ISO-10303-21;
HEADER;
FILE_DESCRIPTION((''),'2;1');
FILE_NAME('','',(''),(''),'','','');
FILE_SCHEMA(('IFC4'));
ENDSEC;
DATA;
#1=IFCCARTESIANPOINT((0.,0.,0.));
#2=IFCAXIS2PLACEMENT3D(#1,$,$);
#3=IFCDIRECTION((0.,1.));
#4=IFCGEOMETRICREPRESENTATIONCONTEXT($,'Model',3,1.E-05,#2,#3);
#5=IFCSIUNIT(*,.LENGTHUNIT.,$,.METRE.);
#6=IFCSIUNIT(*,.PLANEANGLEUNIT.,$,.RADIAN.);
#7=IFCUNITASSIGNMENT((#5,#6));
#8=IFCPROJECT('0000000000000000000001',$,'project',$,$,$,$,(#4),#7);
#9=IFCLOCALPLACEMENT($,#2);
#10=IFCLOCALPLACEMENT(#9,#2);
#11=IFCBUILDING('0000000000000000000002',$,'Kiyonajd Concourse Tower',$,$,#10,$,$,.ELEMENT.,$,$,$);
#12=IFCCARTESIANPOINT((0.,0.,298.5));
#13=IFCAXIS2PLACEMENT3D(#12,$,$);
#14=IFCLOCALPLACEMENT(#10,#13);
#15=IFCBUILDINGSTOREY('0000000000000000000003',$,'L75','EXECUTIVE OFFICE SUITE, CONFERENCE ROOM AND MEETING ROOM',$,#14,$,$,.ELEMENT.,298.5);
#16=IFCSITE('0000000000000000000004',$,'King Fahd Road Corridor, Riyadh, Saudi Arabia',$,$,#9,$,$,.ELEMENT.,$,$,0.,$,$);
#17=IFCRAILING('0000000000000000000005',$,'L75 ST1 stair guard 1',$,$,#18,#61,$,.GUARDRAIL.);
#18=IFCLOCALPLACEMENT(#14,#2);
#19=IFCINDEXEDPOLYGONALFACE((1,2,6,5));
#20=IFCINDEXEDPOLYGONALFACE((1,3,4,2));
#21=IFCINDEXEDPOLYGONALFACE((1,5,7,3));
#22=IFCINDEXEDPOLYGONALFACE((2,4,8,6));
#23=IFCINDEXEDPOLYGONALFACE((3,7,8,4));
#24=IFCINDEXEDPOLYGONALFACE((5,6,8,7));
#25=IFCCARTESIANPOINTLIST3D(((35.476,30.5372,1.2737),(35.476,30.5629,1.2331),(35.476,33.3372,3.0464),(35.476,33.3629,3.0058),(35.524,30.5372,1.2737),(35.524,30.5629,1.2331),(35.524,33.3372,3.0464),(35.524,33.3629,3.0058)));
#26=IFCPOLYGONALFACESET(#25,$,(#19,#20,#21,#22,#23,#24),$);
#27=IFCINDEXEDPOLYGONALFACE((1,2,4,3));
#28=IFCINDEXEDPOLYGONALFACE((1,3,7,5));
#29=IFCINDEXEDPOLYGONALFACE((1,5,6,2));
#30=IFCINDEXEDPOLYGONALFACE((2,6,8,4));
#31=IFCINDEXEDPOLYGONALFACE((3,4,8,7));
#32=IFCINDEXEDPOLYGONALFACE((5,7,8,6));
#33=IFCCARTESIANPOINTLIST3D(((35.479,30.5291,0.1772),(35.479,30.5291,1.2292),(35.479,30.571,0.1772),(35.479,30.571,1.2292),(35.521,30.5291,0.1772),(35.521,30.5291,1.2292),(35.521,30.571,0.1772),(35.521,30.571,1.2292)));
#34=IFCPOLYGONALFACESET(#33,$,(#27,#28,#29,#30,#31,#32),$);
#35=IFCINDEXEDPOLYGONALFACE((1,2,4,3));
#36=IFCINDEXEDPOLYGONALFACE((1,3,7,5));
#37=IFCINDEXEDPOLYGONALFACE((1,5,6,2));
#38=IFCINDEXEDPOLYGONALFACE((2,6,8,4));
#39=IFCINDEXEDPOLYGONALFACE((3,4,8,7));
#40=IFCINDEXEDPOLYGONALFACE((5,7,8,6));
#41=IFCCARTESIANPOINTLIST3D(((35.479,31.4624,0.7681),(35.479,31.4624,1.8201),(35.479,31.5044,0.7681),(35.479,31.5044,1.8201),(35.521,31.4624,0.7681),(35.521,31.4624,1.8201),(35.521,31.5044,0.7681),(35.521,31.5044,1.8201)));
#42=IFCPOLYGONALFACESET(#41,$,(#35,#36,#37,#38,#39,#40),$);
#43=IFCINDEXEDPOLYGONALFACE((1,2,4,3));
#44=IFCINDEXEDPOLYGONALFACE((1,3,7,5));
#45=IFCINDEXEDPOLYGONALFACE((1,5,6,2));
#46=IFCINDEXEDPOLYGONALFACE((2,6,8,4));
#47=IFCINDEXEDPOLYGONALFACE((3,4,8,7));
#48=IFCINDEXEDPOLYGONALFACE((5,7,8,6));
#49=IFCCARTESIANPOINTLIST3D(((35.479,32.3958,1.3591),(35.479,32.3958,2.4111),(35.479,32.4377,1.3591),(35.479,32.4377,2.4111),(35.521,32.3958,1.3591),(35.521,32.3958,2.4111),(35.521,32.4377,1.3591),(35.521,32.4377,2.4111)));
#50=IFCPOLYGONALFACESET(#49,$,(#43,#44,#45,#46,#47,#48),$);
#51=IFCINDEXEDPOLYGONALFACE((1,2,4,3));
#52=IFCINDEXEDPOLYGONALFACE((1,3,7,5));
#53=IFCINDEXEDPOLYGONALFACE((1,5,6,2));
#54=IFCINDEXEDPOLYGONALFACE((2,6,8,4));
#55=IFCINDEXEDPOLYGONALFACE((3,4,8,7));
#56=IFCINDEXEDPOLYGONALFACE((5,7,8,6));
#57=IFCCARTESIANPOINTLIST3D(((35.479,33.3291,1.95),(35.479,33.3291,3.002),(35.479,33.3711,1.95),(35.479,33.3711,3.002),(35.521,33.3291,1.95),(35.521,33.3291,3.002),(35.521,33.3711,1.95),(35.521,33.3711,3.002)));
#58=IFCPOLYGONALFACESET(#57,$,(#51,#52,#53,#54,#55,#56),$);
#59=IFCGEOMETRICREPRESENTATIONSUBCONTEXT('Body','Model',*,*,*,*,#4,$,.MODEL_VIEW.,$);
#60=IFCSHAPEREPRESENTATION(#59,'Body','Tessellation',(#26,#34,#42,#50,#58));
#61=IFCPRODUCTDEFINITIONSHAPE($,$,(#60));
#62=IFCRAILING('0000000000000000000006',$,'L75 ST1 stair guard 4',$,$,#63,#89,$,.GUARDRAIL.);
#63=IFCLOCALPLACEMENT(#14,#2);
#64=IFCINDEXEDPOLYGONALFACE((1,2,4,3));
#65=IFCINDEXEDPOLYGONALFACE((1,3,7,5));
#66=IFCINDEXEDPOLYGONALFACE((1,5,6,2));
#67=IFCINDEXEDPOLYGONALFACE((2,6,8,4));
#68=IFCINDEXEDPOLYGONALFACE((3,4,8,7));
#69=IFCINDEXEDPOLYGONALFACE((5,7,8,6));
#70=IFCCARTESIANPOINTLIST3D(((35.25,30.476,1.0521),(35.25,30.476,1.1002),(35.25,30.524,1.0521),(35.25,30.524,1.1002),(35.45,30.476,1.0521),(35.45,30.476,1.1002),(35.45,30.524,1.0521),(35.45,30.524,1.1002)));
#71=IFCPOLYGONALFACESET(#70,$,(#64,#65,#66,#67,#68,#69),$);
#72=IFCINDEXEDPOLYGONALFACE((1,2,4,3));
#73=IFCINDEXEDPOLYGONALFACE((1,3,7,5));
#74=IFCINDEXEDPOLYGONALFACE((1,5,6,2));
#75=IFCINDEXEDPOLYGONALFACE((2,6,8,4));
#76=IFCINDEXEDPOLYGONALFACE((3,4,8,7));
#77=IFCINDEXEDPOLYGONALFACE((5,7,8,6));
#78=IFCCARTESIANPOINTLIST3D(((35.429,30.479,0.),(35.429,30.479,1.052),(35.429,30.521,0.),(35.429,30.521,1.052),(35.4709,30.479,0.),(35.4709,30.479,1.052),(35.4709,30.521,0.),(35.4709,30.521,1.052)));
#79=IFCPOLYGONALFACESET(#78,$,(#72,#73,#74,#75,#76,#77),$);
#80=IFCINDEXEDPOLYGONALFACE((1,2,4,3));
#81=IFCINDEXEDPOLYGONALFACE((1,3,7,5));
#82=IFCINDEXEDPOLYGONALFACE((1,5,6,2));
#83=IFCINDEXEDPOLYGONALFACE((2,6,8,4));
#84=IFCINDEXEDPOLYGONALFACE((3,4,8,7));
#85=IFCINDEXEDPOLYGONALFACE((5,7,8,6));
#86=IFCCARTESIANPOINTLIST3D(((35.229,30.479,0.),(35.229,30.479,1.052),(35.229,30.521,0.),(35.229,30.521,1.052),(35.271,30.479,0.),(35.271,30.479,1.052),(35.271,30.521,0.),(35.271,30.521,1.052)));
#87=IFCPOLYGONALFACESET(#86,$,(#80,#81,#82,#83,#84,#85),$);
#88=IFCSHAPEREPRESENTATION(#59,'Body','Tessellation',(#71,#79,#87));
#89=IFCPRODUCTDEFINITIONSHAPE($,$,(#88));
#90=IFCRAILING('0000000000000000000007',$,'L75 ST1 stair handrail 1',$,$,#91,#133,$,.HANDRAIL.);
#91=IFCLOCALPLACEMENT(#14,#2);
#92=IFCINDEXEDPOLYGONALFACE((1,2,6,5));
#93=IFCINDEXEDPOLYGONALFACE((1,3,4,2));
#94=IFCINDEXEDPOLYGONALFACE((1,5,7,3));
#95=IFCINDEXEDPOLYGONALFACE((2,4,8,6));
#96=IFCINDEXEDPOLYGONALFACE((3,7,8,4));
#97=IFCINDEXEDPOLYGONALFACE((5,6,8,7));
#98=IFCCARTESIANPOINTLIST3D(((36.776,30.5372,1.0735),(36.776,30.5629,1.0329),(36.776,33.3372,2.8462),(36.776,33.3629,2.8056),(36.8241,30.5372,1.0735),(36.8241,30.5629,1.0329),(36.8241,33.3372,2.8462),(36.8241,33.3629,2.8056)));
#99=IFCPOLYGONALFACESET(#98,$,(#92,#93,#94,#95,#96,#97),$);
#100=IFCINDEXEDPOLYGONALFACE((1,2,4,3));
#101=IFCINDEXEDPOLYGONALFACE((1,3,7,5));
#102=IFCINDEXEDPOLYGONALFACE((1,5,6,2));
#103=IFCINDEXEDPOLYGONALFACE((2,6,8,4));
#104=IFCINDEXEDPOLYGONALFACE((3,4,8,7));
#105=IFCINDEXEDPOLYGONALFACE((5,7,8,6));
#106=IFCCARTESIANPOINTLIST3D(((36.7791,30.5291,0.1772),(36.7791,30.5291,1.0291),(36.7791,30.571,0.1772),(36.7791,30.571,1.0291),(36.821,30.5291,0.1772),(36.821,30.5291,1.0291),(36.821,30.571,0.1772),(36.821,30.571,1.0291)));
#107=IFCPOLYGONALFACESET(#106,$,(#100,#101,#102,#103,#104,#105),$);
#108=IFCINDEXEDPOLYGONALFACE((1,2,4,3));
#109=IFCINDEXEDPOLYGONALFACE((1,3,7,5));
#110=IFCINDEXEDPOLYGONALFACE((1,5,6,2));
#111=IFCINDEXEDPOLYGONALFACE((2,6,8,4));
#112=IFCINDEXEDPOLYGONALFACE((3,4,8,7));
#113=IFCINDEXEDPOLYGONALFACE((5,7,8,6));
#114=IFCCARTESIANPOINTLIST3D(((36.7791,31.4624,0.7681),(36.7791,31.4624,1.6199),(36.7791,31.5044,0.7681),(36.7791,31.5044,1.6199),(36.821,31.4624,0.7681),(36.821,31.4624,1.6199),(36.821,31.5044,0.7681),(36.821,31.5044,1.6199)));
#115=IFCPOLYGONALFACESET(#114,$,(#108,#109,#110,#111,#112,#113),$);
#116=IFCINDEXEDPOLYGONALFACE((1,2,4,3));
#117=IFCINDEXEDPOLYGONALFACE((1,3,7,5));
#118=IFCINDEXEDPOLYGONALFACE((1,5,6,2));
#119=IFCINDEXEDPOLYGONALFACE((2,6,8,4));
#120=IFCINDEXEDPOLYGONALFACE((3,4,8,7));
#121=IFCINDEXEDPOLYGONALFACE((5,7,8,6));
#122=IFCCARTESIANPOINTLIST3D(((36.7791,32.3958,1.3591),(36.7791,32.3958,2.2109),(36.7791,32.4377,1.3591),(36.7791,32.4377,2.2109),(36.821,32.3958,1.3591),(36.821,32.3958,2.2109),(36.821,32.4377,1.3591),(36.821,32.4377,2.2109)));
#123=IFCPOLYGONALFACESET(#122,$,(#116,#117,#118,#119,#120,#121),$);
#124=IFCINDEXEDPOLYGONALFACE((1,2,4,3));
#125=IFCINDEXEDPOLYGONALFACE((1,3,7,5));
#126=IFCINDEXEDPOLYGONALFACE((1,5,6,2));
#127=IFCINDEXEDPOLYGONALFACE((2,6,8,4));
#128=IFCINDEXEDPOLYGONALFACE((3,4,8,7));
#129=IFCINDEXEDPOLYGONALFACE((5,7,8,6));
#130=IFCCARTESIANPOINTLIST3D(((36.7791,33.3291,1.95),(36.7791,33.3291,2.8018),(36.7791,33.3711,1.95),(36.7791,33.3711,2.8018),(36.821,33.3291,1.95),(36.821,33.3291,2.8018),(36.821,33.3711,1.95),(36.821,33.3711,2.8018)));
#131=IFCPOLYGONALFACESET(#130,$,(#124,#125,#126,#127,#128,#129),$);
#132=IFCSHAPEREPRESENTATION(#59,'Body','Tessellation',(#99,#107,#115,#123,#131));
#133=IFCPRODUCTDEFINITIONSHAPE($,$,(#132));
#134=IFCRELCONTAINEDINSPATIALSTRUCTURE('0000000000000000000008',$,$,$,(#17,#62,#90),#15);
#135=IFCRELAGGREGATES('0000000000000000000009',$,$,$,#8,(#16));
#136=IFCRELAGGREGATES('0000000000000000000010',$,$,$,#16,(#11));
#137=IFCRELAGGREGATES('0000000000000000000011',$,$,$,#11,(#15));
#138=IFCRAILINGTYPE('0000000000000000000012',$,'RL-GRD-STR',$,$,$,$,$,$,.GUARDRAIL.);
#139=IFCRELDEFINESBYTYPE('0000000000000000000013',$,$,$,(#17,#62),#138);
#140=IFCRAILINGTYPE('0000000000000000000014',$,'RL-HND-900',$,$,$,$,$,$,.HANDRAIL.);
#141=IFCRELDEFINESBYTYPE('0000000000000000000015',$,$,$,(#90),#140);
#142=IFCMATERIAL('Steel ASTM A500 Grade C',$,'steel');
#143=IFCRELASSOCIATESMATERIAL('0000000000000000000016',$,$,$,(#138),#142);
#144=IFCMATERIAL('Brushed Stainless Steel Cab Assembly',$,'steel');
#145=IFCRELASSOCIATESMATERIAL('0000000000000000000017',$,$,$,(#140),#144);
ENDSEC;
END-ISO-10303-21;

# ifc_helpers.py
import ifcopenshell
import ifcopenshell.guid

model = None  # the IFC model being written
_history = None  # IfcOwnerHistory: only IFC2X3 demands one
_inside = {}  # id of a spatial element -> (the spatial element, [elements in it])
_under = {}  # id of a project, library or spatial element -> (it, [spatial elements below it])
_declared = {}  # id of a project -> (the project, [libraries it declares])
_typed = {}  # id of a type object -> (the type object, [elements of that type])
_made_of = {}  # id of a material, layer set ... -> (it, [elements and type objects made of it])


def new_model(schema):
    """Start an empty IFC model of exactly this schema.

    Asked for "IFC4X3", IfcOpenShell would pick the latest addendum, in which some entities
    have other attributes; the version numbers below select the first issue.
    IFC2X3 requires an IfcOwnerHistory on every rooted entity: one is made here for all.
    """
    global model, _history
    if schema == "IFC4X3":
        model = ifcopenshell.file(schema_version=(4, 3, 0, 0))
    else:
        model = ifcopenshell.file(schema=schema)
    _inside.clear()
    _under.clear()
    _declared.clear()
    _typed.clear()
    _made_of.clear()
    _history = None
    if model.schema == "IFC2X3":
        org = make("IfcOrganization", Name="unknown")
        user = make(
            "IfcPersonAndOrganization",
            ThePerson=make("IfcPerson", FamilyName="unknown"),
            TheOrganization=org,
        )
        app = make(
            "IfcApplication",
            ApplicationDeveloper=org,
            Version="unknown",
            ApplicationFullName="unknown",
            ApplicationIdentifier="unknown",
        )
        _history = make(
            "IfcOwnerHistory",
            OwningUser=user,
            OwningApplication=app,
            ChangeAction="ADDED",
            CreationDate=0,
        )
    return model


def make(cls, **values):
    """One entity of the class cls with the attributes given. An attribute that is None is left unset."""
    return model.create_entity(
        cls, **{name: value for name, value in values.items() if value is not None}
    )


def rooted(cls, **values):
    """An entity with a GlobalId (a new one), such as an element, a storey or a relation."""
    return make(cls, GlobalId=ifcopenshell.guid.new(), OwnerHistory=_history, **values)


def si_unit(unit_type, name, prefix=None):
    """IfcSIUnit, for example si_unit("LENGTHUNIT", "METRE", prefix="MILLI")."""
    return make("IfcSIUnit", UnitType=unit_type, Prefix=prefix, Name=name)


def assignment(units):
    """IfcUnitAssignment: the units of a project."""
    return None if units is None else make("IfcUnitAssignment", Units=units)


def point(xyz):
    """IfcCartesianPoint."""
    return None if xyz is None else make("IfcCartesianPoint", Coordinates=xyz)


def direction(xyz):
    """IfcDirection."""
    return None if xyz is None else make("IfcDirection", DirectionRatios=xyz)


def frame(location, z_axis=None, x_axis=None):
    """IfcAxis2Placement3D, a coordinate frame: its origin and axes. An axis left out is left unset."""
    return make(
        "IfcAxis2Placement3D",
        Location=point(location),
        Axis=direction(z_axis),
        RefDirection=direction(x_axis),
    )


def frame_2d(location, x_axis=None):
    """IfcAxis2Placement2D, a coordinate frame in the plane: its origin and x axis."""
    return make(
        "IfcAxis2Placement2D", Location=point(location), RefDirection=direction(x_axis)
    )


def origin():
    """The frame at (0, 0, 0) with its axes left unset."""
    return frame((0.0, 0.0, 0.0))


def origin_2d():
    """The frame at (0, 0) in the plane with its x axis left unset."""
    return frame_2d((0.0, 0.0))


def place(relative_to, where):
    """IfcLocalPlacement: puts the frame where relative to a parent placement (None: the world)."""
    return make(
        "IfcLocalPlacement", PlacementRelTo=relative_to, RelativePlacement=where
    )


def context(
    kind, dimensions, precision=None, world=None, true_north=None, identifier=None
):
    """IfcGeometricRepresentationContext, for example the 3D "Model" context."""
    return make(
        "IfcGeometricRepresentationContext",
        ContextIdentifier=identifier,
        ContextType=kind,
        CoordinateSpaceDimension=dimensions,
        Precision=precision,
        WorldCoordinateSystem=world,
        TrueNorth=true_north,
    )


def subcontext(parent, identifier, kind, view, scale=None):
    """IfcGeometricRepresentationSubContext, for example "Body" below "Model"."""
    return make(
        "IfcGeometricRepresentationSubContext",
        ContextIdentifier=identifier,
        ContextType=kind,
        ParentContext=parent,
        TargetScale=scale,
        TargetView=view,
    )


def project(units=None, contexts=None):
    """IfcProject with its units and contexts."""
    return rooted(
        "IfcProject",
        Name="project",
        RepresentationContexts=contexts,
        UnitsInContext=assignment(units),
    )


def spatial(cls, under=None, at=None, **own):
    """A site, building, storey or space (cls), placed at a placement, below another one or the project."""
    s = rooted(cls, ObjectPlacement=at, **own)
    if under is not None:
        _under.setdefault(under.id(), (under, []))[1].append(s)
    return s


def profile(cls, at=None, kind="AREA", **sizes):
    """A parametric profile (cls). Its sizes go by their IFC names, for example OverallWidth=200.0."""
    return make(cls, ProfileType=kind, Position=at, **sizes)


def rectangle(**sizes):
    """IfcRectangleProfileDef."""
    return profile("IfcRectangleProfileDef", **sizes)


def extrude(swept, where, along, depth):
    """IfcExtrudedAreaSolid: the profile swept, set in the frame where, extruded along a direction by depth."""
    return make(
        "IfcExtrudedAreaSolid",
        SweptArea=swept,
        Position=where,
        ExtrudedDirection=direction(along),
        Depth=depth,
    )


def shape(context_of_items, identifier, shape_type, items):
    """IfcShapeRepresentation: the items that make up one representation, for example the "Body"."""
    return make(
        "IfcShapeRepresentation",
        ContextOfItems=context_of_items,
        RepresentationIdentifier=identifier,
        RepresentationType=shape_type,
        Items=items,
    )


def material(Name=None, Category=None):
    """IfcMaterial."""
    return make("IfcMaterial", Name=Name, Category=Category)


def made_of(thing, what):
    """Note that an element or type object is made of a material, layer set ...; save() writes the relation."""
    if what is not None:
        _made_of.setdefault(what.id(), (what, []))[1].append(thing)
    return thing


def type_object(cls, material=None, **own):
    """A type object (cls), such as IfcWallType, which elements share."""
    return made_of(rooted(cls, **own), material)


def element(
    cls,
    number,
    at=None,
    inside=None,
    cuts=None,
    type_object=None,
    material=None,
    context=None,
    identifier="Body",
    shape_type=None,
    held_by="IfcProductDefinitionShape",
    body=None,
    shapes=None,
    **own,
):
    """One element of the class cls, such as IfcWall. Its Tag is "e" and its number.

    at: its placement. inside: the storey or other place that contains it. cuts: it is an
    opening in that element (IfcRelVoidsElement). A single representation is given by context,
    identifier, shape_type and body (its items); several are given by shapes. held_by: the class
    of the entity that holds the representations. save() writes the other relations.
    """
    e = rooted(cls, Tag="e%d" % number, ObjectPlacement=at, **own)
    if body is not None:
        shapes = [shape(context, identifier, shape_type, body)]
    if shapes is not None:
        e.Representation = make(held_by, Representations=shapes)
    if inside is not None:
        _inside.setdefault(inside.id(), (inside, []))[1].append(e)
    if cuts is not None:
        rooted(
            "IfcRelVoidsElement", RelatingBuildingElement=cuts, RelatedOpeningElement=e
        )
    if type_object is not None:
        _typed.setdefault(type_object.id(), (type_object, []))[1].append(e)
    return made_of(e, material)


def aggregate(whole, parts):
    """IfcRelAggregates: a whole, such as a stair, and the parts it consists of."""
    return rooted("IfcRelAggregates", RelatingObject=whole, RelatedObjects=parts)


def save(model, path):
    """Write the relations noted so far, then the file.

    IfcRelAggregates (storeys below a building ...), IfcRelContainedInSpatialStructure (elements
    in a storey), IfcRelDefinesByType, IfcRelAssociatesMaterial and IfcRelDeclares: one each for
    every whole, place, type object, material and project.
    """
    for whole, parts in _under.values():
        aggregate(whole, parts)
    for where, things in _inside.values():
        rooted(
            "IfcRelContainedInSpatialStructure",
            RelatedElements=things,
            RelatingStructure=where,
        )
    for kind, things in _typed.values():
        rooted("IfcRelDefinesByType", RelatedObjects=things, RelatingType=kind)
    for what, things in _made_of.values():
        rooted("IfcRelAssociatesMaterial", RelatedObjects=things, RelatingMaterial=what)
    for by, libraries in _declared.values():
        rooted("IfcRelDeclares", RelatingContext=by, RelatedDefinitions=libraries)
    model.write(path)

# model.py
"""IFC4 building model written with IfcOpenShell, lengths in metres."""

from ifc_helpers import new_model, si_unit, direction, frame, origin, origin_2d, place, context, subcontext, project, spatial, rectangle, extrude, material, type_object, element, save


model = new_model("IFC4")

# Units and contexts
model_context = context("Model", 3, precision=1e-05, world=origin(), true_north=direction((0.0, 1.0)))
body_context = subcontext(model_context, "Body", "Model", "MODEL_VIEW")
ifc_project = project(units=[si_unit("LENGTHUNIT", "METRE"), si_unit("PLANEANGLEUNIT", "RADIAN")], contexts=[model_context])

# Site, building, storey
site_placement = place(None, origin())
site = spatial("IfcSite", under=ifc_project, at=site_placement, Name="King Fahd Road Corridor, Riyadh, Saudi Arabia", CompositionType="ELEMENT", RefElevation=0.0)
building_placement = place(site_placement, origin())
building = spatial("IfcBuilding", under=site, at=building_placement, Name="Kiyonajd Concourse Tower", CompositionType="ELEMENT")
storey_placement = place(building_placement, frame((0.0, 0.0, 298.5)))
storey = spatial("IfcBuildingStorey", under=building, at=storey_placement, Name="L75", Description="EXECUTIVE OFFICE SUITE, CONFERENCE ROOM AND MEETING ROOM", CompositionType="ELEMENT", Elevation=298.5)

# Shared definitions
ifc_material_1 = material(Name="Brushed Stainless Steel Cab Assembly", Category="steel")

# Railings
ifc_material_2 = material(Name="Steel ASTM A500 Grade C", Category="steel")
railing_type_1 = type_object("IfcRailingType", Name="RL-GRD-STR", PredefinedType="GUARDRAIL", material=ifc_material_2)
railing_1_placement = place(storey_placement, frame((35.5, 30.55, 0.1772)))
element("IfcRailing", 1, at=railing_1_placement, inside=storey, type_object=railing_type_1, Name="L75 ST1 stair guard 1", PredefinedType="GUARDRAIL", context=body_context, shape_type="SweptSolid", body=[
    extrude(rectangle(XDim=0.0481, YDim=0.0481, at=origin_2d()), frame((0.0, 0.0, 1.0762), z_axis=(0.0, 0.844909, 0.53491), x_axis=(-1.0, 0.0, 0.0)), (0.0, 0.0, 1.0), 3.314),
    extrude(rectangle(XDim=0.042, YDim=0.042, at=origin_2d()), origin(), (0.0, 0.0, 1.0), 1.052),
    extrude(rectangle(XDim=0.042, YDim=0.042, at=origin_2d()), frame((0.0, 0.9333, 0.5908)), (0.0, 0.0, 1.0), 1.052),
    extrude(rectangle(XDim=0.042, YDim=0.042, at=origin_2d()), frame((0.0, 1.8667, 1.1819)), (0.0, 0.0, 1.0), 1.052),
    extrude(rectangle(XDim=0.042, YDim=0.042, at=origin_2d()), frame((0.0, 2.8, 1.7727)), (0.0, 0.0, 1.0), 1.052),
])
railing_2_placement = place(storey_placement, frame((35.45, 30.5, 0.0)))
element("IfcRailing", 2, at=railing_2_placement, inside=storey, type_object=railing_type_1, Name="L75 ST1 stair guard 4", PredefinedType="GUARDRAIL", context=body_context, shape_type="SweptSolid", body=[
    extrude(rectangle(XDim=0.0481, YDim=0.0481, at=origin_2d()), frame((0.0, 0.0, 1.0762), z_axis=(-1.0, 0.0, 0.0), x_axis=(0.0, -1.0, 0.0)), (0.0, 0.0, 1.0), 0.2),
    extrude(rectangle(XDim=0.042, YDim=0.042, at=origin_2d()), origin(), (0.0, 0.0, 1.0), 1.052),
    extrude(rectangle(XDim=0.042, YDim=0.042, at=origin_2d()), frame((-0.2, 0.0, 0.0)), (0.0, 0.0, 1.0), 1.052),
])
railing_type_2 = type_object("IfcRailingType", Name="RL-HND-900", PredefinedType="HANDRAIL", material=ifc_material_1)
railing_3_placement = place(storey_placement, frame((36.8, 30.55, 0.1772)))
element("IfcRailing", 3, at=railing_3_placement, inside=storey, type_object=railing_type_2, Name="L75 ST1 stair handrail 1", PredefinedType="HANDRAIL", context=body_context, shape_type="SweptSolid", body=[
    extrude(rectangle(XDim=0.0481, YDim=0.0481, at=origin_2d()), frame((0.0, 0.0, 0.876), z_axis=(0.0, 0.844909, 0.53491), x_axis=(-1.0, 0.0, 0.0)), (0.0, 0.0, 1.0), 3.314),
    extrude(rectangle(XDim=0.042, YDim=0.042, at=origin_2d()), origin(), (0.0, 0.0, 1.0), 0.8518),
    extrude(rectangle(XDim=0.042, YDim=0.042, at=origin_2d()), frame((0.0, 0.9333, 0.5908)), (0.0, 0.0, 1.0), 0.8518),
    extrude(rectangle(XDim=0.042, YDim=0.042, at=origin_2d()), frame((0.0, 1.8667, 1.1819)), (0.0, 0.0, 1.0), 0.8518),
    extrude(rectangle(XDim=0.042, YDim=0.042, at=origin_2d()), frame((0.0, 2.8, 1.7727)), (0.0, 0.0, 1.0), 0.8518),
])

save(model, "model.ifc")
